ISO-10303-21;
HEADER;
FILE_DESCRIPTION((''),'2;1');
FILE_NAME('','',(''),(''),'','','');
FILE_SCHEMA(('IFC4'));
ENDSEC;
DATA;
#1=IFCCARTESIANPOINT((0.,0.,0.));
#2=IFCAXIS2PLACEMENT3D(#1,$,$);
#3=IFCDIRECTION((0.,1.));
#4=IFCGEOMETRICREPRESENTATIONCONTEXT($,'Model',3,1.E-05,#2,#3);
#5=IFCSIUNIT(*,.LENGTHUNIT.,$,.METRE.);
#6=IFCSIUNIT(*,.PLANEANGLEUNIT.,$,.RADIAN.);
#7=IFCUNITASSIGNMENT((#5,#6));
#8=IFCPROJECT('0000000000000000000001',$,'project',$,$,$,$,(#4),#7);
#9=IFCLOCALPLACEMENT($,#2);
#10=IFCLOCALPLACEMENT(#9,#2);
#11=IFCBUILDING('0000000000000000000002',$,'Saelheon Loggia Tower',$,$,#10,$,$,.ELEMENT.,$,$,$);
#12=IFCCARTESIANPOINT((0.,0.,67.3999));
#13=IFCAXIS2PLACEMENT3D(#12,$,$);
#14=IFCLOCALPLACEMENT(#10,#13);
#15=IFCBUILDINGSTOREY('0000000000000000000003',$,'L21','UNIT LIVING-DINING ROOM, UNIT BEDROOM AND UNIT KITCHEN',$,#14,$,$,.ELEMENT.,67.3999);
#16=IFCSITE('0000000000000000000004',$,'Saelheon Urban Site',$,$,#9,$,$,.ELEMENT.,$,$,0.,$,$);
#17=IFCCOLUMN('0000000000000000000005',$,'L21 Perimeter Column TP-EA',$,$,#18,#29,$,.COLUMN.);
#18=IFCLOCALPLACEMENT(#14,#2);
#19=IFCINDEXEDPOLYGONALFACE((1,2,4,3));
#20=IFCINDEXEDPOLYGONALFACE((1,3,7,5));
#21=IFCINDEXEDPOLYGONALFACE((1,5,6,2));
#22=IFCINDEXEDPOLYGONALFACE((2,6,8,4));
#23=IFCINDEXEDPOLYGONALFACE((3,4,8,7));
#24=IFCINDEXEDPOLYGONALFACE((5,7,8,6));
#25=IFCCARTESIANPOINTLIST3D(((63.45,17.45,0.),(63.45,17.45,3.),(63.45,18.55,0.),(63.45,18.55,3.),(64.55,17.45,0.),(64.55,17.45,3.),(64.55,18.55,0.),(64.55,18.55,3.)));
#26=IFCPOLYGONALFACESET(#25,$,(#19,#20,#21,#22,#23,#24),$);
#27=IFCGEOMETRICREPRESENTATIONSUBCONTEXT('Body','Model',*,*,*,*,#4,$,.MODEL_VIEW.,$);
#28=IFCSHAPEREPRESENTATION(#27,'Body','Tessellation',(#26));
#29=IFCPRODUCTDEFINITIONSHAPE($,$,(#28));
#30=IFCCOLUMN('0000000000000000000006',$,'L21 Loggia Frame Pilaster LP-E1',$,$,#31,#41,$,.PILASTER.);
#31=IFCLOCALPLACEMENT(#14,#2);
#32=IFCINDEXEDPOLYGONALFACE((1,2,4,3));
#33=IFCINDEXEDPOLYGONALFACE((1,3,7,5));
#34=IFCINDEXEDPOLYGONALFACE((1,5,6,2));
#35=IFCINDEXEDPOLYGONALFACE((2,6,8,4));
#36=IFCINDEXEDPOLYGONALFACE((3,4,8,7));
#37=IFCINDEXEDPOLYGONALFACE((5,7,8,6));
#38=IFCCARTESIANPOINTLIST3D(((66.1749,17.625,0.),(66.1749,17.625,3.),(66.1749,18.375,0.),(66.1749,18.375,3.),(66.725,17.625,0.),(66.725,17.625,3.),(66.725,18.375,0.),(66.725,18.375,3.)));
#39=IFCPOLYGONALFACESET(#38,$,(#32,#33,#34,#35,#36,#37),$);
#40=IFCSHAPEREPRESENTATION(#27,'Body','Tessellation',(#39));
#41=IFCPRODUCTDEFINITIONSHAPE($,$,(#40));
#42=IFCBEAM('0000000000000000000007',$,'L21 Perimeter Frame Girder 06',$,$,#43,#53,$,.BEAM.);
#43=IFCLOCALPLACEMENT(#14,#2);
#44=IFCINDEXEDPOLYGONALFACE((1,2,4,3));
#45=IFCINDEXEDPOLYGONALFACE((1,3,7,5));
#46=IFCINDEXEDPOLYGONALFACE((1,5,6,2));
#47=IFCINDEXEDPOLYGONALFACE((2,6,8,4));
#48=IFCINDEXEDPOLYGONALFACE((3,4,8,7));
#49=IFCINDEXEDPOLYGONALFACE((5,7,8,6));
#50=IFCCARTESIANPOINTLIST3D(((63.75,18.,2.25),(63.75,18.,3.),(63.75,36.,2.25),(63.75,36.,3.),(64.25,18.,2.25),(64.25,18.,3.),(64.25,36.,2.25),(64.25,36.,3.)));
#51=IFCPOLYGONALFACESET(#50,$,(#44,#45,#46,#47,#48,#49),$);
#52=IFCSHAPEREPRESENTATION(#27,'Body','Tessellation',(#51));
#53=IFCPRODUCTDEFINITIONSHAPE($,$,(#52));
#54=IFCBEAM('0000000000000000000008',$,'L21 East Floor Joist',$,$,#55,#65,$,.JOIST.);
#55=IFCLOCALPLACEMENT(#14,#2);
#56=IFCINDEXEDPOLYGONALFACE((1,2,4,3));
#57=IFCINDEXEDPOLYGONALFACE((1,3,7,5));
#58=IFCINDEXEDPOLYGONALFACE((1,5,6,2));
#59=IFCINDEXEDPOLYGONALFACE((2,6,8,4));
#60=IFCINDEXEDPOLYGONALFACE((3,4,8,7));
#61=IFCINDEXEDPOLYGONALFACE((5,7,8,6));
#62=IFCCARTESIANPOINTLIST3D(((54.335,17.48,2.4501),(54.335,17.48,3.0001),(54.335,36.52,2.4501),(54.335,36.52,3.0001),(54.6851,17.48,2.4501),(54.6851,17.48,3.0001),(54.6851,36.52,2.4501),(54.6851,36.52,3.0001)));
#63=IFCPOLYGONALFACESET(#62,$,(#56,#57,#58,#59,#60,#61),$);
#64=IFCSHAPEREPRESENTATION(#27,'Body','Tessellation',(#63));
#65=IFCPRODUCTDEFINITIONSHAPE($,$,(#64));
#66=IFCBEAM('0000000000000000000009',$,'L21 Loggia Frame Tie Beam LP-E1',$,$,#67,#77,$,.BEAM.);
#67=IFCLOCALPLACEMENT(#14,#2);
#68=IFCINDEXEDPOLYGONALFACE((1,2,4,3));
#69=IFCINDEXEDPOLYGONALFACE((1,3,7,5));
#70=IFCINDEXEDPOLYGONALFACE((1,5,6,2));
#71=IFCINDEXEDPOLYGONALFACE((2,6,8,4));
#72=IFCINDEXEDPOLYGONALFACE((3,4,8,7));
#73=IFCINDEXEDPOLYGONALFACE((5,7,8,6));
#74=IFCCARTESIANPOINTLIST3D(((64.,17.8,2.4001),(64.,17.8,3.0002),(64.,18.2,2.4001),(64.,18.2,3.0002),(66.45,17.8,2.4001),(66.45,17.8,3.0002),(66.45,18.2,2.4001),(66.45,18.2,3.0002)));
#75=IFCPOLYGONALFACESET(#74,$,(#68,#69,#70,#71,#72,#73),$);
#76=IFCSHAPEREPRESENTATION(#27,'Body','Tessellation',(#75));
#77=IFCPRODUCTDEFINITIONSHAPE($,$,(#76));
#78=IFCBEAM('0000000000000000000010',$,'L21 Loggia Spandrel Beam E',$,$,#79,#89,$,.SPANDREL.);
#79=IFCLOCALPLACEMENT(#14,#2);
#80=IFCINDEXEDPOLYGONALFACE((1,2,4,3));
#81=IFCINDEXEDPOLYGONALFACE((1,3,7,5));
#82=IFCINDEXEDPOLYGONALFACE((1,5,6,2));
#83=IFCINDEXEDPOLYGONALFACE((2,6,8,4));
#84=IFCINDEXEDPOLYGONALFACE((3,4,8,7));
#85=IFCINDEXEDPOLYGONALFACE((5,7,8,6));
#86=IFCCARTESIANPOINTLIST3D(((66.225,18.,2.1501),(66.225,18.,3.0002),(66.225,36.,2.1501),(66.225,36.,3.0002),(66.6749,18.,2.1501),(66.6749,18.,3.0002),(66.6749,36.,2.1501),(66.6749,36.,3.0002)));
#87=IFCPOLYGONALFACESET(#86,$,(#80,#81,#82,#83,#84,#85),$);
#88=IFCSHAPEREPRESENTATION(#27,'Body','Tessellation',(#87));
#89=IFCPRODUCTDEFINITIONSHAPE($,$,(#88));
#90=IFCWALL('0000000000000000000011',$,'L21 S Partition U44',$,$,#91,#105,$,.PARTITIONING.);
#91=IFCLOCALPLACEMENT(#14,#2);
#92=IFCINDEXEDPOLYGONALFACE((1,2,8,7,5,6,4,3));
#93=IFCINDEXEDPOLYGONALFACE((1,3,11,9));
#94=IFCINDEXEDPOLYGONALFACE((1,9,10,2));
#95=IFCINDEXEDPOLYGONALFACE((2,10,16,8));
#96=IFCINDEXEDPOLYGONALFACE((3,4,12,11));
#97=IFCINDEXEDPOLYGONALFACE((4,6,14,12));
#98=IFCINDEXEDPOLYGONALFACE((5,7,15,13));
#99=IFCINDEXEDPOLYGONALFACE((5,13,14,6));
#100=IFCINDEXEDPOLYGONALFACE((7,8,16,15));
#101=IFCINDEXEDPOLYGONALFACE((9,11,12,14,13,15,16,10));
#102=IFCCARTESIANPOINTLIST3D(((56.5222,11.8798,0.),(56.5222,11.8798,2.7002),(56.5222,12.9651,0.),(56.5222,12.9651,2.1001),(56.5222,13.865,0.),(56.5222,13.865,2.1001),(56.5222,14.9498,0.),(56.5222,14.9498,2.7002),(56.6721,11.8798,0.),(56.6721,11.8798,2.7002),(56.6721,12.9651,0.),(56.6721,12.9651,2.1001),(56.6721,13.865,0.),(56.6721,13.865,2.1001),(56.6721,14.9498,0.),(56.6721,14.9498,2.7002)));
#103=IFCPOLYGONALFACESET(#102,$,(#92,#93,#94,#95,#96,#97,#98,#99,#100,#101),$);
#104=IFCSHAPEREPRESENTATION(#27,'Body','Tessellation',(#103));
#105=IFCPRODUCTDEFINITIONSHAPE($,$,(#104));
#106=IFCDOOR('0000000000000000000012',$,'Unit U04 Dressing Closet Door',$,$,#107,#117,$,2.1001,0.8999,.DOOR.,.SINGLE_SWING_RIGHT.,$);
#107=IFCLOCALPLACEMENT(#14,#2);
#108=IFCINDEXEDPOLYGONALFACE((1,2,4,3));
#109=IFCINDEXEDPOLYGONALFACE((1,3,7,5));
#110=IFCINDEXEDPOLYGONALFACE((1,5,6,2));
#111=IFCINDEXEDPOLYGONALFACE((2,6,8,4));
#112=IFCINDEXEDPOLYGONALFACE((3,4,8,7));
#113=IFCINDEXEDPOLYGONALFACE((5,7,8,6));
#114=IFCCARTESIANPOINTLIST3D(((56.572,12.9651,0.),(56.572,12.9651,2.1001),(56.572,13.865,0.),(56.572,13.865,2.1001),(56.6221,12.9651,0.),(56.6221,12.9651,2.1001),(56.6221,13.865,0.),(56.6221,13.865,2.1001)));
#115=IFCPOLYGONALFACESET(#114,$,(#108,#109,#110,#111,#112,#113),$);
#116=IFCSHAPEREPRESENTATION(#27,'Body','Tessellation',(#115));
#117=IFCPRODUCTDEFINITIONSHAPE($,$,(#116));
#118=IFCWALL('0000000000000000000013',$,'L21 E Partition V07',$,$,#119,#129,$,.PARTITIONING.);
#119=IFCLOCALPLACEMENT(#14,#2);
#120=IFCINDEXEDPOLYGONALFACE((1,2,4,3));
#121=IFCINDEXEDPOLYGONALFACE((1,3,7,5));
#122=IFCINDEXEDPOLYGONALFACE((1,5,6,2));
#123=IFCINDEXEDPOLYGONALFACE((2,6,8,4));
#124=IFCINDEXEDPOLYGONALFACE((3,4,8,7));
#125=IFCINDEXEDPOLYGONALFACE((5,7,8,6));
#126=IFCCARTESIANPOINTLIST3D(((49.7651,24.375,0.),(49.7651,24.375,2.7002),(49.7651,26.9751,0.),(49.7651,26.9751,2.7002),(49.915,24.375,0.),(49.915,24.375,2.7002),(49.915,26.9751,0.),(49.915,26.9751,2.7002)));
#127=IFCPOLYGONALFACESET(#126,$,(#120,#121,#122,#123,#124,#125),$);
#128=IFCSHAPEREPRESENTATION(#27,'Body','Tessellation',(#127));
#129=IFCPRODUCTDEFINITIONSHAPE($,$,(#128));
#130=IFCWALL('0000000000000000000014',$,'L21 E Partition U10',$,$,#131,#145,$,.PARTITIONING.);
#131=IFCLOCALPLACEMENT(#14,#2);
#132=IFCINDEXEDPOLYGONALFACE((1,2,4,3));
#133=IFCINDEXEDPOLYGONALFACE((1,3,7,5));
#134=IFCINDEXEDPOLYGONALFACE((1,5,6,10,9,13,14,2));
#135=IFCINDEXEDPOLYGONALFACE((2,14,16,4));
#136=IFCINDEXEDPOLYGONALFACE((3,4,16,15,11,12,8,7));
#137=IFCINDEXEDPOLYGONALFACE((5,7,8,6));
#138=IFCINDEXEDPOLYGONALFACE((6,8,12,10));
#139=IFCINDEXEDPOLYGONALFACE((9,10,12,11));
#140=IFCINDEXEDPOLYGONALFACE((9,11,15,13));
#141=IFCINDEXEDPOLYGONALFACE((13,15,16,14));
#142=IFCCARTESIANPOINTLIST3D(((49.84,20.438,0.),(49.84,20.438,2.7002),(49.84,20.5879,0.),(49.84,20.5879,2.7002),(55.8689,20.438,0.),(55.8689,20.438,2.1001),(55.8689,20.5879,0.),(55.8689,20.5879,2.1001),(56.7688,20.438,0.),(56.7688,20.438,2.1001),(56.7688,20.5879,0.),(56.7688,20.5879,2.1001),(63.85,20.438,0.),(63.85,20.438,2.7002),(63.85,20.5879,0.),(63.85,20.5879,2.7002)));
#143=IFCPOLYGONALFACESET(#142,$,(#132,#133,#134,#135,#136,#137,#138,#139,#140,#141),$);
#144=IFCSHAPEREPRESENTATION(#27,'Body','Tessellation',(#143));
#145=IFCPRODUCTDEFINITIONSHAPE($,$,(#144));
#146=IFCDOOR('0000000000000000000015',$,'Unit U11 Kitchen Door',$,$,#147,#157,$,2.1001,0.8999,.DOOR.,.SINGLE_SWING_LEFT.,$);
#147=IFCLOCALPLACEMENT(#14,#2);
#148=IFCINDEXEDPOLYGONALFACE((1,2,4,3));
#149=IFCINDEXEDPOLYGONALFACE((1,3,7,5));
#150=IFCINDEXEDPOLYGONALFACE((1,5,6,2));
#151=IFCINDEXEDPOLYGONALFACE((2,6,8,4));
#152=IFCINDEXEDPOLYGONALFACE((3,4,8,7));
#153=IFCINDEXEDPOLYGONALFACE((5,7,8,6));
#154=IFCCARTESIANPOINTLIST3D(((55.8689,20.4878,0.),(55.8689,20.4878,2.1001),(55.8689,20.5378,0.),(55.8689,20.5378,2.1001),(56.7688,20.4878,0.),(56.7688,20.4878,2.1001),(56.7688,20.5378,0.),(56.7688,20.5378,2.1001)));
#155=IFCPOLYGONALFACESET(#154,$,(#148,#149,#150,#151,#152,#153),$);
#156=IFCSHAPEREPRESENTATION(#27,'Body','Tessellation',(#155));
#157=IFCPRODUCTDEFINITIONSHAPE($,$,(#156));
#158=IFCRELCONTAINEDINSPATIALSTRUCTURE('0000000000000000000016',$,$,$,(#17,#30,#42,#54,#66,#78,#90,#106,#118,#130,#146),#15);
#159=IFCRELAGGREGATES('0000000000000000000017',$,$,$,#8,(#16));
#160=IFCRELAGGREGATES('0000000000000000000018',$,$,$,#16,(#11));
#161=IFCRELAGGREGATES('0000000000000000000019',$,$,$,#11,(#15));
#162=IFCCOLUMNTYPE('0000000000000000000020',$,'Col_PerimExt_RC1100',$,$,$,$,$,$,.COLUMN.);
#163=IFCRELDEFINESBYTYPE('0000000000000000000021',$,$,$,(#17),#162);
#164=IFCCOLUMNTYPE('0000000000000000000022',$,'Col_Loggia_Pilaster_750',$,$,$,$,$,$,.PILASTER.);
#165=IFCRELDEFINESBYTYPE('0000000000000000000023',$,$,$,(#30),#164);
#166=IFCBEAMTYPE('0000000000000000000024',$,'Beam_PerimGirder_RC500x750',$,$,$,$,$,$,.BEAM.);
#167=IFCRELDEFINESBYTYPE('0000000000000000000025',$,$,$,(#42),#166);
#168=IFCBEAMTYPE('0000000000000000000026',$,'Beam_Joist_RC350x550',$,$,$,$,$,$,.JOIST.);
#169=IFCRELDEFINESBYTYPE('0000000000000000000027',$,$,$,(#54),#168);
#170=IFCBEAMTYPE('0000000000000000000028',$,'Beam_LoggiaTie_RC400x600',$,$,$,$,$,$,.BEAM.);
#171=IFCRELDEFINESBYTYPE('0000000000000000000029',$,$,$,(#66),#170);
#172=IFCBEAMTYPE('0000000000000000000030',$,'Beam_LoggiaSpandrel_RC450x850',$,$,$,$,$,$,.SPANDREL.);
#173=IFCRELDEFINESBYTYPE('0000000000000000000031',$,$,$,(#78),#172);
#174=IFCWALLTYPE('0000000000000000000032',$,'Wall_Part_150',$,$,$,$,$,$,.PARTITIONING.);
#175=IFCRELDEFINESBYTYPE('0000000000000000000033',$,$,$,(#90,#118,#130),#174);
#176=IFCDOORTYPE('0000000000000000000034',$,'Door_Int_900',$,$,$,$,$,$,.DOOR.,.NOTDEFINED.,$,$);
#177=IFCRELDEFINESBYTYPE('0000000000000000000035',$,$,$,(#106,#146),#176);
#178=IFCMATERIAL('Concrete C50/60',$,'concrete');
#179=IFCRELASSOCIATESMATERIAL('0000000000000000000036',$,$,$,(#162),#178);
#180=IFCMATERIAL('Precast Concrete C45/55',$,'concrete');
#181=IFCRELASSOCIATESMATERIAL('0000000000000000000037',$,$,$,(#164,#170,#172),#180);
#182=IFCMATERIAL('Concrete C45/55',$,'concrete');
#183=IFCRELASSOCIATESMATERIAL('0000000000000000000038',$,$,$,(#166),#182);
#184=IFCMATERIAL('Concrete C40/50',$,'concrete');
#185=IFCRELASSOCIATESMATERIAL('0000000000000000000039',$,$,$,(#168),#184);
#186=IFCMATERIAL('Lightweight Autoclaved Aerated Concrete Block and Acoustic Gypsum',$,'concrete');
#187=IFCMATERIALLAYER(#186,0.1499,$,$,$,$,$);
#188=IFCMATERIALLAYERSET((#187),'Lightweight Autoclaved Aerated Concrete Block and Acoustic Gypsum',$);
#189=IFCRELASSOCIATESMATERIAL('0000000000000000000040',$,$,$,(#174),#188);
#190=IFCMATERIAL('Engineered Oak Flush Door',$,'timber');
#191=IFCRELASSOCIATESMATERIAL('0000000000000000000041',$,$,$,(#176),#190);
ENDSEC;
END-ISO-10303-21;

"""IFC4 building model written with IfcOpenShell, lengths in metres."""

from ifc_helpers import new_model, si_unit, direction, frame, frame_2d, origin, origin_2d, place, context, subcontext, project, spatial, rectangle, extrude, source, transform, mapped, material, layer, layer_set, material_profile, profile_set, type_object, element, fill, save


model = new_model("IFC4")

# Units and contexts
model_context = context("Model", 3, precision=1e-05, world=origin(), true_north=direction((0.0, 1.0)))
body_context = subcontext(model_context, "Body", "Model", "MODEL_VIEW")
ifc_project = project(units=[si_unit("LENGTHUNIT", "METRE"), si_unit("PLANEANGLEUNIT", "RADIAN")], contexts=[model_context])

# Site, building, storey
site_placement = place(None, origin())
site = spatial("IfcSite", under=ifc_project, at=site_placement, Name="Saelheon Urban Site", CompositionType="ELEMENT", RefElevation=0.0)
building_placement = place(site_placement, origin())
building = spatial("IfcBuilding", under=site, at=building_placement, Name="Saelheon Loggia Tower", CompositionType="ELEMENT")
storey_placement = place(building_placement, frame((0.0, 0.0, 67.3999)))
storey = spatial("IfcBuildingStorey", under=building, at=storey_placement, Name="L21", Description="UNIT LIVING-DINING ROOM, UNIT BEDROOM AND UNIT KITCHEN", CompositionType="ELEMENT", Elevation=67.3999)

# Columns
ifc_material_1 = material(Name="Concrete C50/60", Category="concrete")
ifc_material_profile_1 = material_profile(ifc_material_1, rectangle(XDim=1.1001, YDim=1.1001, at=origin_2d()), Name="RC-1100x1100")
ifc_profile_set_1 = profile_set([ifc_material_profile_1], Name="Concrete C50/60")
column_type_1 = type_object("IfcColumnType", Name="Col_PerimExt_RC1100", PredefinedType="COLUMN", material=ifc_profile_set_1)
shared_shape_1 = source(origin(), body_context, "Body", "SweptSolid", [
    extrude(rectangle(XDim=1.1001, YDim=1.1001, at=origin_2d()), origin(), (0.0, 0.0, 1.0), 3.0),
])
column_1_placement = place(storey_placement, frame((64.0, 18.0, 0.0), z_axis=(0.0, 0.0, 1.0), x_axis=(1.0, 0.0, 0.0)))
element("IfcColumn", 1, at=column_1_placement, inside=storey, type_object=column_type_1, Name="L21 Perimeter Column TP-EA", PredefinedType="COLUMN", context=body_context, shape_type="MappedRepresentation", body=[
    mapped(shared_shape_1, transform((0.0, 0.0, 0.0), scale=1.0)),
])
ifc_material_2 = material(Name="Precast Concrete C45/55", Category="concrete")
ifc_material_profile_2 = material_profile(ifc_material_2, rectangle(XDim=0.55, YDim=0.75, at=origin_2d()), Name="RC-550x750")
ifc_profile_set_2 = profile_set([ifc_material_profile_2], Name="Precast Concrete C45/55")
column_type_2 = type_object("IfcColumnType", Name="Col_Loggia_Pilaster_750", PredefinedType="PILASTER", material=ifc_profile_set_2)
shared_shape_2 = source(origin(), body_context, "Body", "SweptSolid", [
    extrude(rectangle(XDim=0.55, YDim=0.75, at=origin_2d()), origin(), (0.0, 0.0, 1.0), 3.0),
])
column_2_placement = place(storey_placement, frame((66.45, 18.0, 0.0), z_axis=(0.0, 0.0, 1.0), x_axis=(1.0, 0.0, 0.0)))
element("IfcColumn", 2, at=column_2_placement, inside=storey, type_object=column_type_2, Name="L21 Loggia Frame Pilaster LP-E1", PredefinedType="PILASTER", context=body_context, shape_type="MappedRepresentation", body=[
    mapped(shared_shape_2, transform((0.0, 0.0, 0.0), scale=1.0)),
])

# Beams
ifc_material_3 = material(Name="Concrete C45/55", Category="concrete")
ifc_material_profile_3 = material_profile(ifc_material_3, rectangle(XDim=0.5, YDim=0.75, at=origin_2d()), Name="RC-500x750")
ifc_profile_set_3 = profile_set([ifc_material_profile_3], Name="Concrete C45/55")
beam_type_1 = type_object("IfcBeamType", Name="Beam_PerimGirder_RC500x750", PredefinedType="BEAM", material=ifc_profile_set_3)
shared_shape_3 = source(origin(), body_context, "Body", "SweptSolid", [
    extrude(rectangle(XDim=0.5, YDim=0.75, at=origin_2d()), origin(), (0.0, 0.0, 1.0), 18.0),
])
beam_1_placement = place(storey_placement, frame((64.0, 18.0, 2.625), z_axis=(0.0, 1.0, 0.0), x_axis=(-1.0, 0.0, 0.0)))
element("IfcBeam", 3, at=beam_1_placement, inside=storey, type_object=beam_type_1, Name="L21 Perimeter Frame Girder 06", PredefinedType="BEAM", context=body_context, shape_type="MappedRepresentation", body=[
    mapped(shared_shape_3, transform((0.0, 0.0, 0.0), scale=1.0)),
])
ifc_material_4 = material(Name="Concrete C40/50", Category="concrete")
ifc_material_profile_4 = material_profile(ifc_material_4, rectangle(XDim=0.3501, YDim=0.55, at=origin_2d()), Name="RC-350x550")
ifc_profile_set_4 = profile_set([ifc_material_profile_4], Name="Concrete C40/50")
beam_type_2 = type_object("IfcBeamType", Name="Beam_Joist_RC350x550", PredefinedType="JOIST", material=ifc_profile_set_4)
shared_shape_4 = source(origin(), body_context, "Body", "SweptSolid", [
    extrude(rectangle(XDim=0.3501, YDim=0.55, at=origin_2d()), origin(), (0.0, 0.0, 1.0), 19.04),
])
beam_2_placement = place(storey_placement, frame((54.51, 17.48, 2.7251), z_axis=(0.0, 1.0, 0.0), x_axis=(-1.0, 0.0, 0.0)))
element("IfcBeam", 4, at=beam_2_placement, inside=storey, type_object=beam_type_2, Name="L21 East Floor Joist", PredefinedType="JOIST", context=body_context, shape_type="MappedRepresentation", body=[
    mapped(shared_shape_4, transform((0.0, 0.0, 0.0), scale=1.0)),
])
ifc_material_profile_5 = material_profile(ifc_material_2, rectangle(XDim=0.3999, YDim=0.6001, at=origin_2d()), Name="RC-400x600")
ifc_profile_set_5 = profile_set([ifc_material_profile_5], Name="Precast Concrete C45/55")
beam_type_3 = type_object("IfcBeamType", Name="Beam_LoggiaTie_RC400x600", PredefinedType="BEAM", material=ifc_profile_set_5)
shared_shape_5 = source(origin(), body_context, "Body", "SweptSolid", [
    extrude(rectangle(XDim=0.3999, YDim=0.6001, at=origin_2d()), origin(), (0.0, 0.0, 1.0), 2.45),
])
beam_3_placement = place(storey_placement, frame((64.0, 18.0, 2.7002), z_axis=(1.0, 0.0, 0.0), x_axis=(0.0, 1.0, 0.0)))
element("IfcBeam", 5, at=beam_3_placement, inside=storey, type_object=beam_type_3, Name="L21 Loggia Frame Tie Beam LP-E1", PredefinedType="BEAM", context=body_context, shape_type="MappedRepresentation", body=[
    mapped(shared_shape_5, transform((0.0, 0.0, 0.0), scale=1.0)),
])
ifc_material_profile_6 = material_profile(ifc_material_2, rectangle(XDim=0.45, YDim=0.8501, at=origin_2d()), Name="RC-450x850")
ifc_profile_set_6 = profile_set([ifc_material_profile_6], Name="Precast Concrete C45/55")
beam_type_4 = type_object("IfcBeamType", Name="Beam_LoggiaSpandrel_RC450x850", PredefinedType="SPANDREL", material=ifc_profile_set_6)
shared_shape_6 = source(origin(), body_context, "Body", "SweptSolid", [
    extrude(rectangle(XDim=0.45, YDim=0.8501, at=origin_2d()), origin(), (0.0, 0.0, 1.0), 18.0),
])
beam_4_placement = place(storey_placement, frame((66.45, 18.0, 2.5752), z_axis=(0.0, 1.0, 0.0), x_axis=(-1.0, 0.0, 0.0)))
element("IfcBeam", 6, at=beam_4_placement, inside=storey, type_object=beam_type_4, Name="L21 Loggia Spandrel Beam E", PredefinedType="SPANDREL", context=body_context, shape_type="MappedRepresentation", body=[
    mapped(shared_shape_6, transform((0.0, 0.0, 0.0), scale=1.0)),
])

# Wall, opening, door
ifc_material_5 = material(Name="Lightweight Autoclaved Aerated Concrete Block and Acoustic Gypsum", Category="concrete")
ifc_layer_1 = layer(ifc_material_5, 0.1499)
ifc_layer_set_1 = layer_set([ifc_layer_1], Name="Lightweight Autoclaved Aerated Concrete Block and Acoustic Gypsum")
wall_type_1 = type_object("IfcWallType", Name="Wall_Part_150", PredefinedType="PARTITIONING", material=ifc_layer_set_1)
wall_1_placement = place(storey_placement, frame((56.5972, 14.95, 0.0), z_axis=(0.0, 0.0, 1.0), x_axis=(0.0, -1.0, 0.0)))
wall_1 = element("IfcWall", 7, at=wall_1_placement, inside=storey, type_object=wall_type_1, Name="L21 S Partition U44", PredefinedType="PARTITIONING", context=body_context, shape_type="SweptSolid", body=[
    extrude(rectangle(XDim=3.0701, YDim=0.1499, at=frame_2d((1.5352, 0.0))), origin(), (0.0, 0.0, 1.0), 2.7002),
])
opening_1_placement = place(wall_1_placement, frame((1.085, 0.0, 0.0)))
opening_1 = element("IfcOpeningElement", 8, at=opening_1_placement, cuts=wall_1, PredefinedType="OPENING", context=body_context, shape_type="SweptSolid", body=[
    extrude(rectangle(XDim=0.8999, YDim=2.1001, at=frame_2d((0.45, 1.05))), frame((0.0, 0.0869, 0.0), z_axis=(0.0, -1.0, 0.0), x_axis=(1.0, 0.0, 0.0)), (0.0, 0.0, 1.0), 0.1738),
])
ifc_material_6 = material(Name="Engineered Oak Flush Door", Category="timber")
door_type_1 = type_object("IfcDoorType", Name="Door_Int_900", OperationType="NOTDEFINED", PredefinedType="DOOR", material=ifc_material_6)
shared_shape_7 = source(origin(), body_context, "Body", "SweptSolid", [
    extrude(rectangle(XDim=0.8999, YDim=2.1001, at=frame_2d((0.45, 1.05))), frame((0.0, 0.0249, 0.0), z_axis=(0.0, -1.0, 0.0), x_axis=(1.0, 0.0, 0.0)), (0.0, 0.0, 1.0), 0.05),
])
door_1_placement = place(opening_1_placement, origin())
door_1 = element("IfcDoor", 9, at=door_1_placement, inside=storey, type_object=door_type_1, Name="Unit U04 Dressing Closet Door", OperationType="SINGLE_SWING_RIGHT", OverallHeight=2.1001, OverallWidth=0.8999, PredefinedType="DOOR", context=body_context, shape_type="MappedRepresentation", body=[
    mapped(shared_shape_7, transform((0.0, 0.0, 0.0), scale=1.0)),
])
fill(opening_1, door_1)

# Wall
wall_2_placement = place(storey_placement, frame((49.8401, 24.375, 0.0), z_axis=(0.0, 0.0, 1.0), x_axis=(0.0, 1.0, 0.0)))
element("IfcWall", 10, at=wall_2_placement, inside=storey, type_object=wall_type_1, Name="L21 E Partition V07", PredefinedType="PARTITIONING", context=body_context, shape_type="SweptSolid", body=[
    extrude(rectangle(XDim=2.6001, YDim=0.1499, at=frame_2d((1.3, 0.0))), origin(), (0.0, 0.0, 1.0), 2.7002),
])

# Wall, opening, door
wall_3_placement = place(storey_placement, frame((49.8401, 20.5129, 0.0), z_axis=(0.0, 0.0, 1.0), x_axis=(1.0, 0.0, 0.0)))
wall_3 = element("IfcWall", 11, at=wall_3_placement, inside=storey, type_object=wall_type_1, Name="L21 E Partition U10", PredefinedType="PARTITIONING", context=body_context, shape_type="SweptSolid", body=[
    extrude(rectangle(XDim=14.01, YDim=0.1499, at=frame_2d((7.0049, 0.0))), origin(), (0.0, 0.0, 1.0), 2.7002),
])
opening_2_placement = place(wall_3_placement, frame((6.0288, 0.0, 0.0)))
opening_2 = element("IfcOpeningElement", 12, at=opening_2_placement, cuts=wall_3, PredefinedType="OPENING", context=body_context, shape_type="SweptSolid", body=[
    extrude(rectangle(XDim=0.8999, YDim=2.1001, at=frame_2d((0.45, 1.05))), frame((0.0, 0.0869, 0.0), z_axis=(0.0, -1.0, 0.0), x_axis=(1.0, 0.0, 0.0)), (0.0, 0.0, 1.0), 0.1738),
])
door_2_placement = place(opening_2_placement, origin())
door_2 = element("IfcDoor", 13, at=door_2_placement, inside=storey, type_object=door_type_1, Name="Unit U11 Kitchen Door", OperationType="SINGLE_SWING_LEFT", OverallHeight=2.1001, OverallWidth=0.8999, PredefinedType="DOOR", context=body_context, shape_type="MappedRepresentation", body=[
    mapped(shared_shape_7, transform((0.0, 0.0, 0.0), scale=1.0)),
])
fill(opening_2, door_2)

save(model, "model.ifc")
